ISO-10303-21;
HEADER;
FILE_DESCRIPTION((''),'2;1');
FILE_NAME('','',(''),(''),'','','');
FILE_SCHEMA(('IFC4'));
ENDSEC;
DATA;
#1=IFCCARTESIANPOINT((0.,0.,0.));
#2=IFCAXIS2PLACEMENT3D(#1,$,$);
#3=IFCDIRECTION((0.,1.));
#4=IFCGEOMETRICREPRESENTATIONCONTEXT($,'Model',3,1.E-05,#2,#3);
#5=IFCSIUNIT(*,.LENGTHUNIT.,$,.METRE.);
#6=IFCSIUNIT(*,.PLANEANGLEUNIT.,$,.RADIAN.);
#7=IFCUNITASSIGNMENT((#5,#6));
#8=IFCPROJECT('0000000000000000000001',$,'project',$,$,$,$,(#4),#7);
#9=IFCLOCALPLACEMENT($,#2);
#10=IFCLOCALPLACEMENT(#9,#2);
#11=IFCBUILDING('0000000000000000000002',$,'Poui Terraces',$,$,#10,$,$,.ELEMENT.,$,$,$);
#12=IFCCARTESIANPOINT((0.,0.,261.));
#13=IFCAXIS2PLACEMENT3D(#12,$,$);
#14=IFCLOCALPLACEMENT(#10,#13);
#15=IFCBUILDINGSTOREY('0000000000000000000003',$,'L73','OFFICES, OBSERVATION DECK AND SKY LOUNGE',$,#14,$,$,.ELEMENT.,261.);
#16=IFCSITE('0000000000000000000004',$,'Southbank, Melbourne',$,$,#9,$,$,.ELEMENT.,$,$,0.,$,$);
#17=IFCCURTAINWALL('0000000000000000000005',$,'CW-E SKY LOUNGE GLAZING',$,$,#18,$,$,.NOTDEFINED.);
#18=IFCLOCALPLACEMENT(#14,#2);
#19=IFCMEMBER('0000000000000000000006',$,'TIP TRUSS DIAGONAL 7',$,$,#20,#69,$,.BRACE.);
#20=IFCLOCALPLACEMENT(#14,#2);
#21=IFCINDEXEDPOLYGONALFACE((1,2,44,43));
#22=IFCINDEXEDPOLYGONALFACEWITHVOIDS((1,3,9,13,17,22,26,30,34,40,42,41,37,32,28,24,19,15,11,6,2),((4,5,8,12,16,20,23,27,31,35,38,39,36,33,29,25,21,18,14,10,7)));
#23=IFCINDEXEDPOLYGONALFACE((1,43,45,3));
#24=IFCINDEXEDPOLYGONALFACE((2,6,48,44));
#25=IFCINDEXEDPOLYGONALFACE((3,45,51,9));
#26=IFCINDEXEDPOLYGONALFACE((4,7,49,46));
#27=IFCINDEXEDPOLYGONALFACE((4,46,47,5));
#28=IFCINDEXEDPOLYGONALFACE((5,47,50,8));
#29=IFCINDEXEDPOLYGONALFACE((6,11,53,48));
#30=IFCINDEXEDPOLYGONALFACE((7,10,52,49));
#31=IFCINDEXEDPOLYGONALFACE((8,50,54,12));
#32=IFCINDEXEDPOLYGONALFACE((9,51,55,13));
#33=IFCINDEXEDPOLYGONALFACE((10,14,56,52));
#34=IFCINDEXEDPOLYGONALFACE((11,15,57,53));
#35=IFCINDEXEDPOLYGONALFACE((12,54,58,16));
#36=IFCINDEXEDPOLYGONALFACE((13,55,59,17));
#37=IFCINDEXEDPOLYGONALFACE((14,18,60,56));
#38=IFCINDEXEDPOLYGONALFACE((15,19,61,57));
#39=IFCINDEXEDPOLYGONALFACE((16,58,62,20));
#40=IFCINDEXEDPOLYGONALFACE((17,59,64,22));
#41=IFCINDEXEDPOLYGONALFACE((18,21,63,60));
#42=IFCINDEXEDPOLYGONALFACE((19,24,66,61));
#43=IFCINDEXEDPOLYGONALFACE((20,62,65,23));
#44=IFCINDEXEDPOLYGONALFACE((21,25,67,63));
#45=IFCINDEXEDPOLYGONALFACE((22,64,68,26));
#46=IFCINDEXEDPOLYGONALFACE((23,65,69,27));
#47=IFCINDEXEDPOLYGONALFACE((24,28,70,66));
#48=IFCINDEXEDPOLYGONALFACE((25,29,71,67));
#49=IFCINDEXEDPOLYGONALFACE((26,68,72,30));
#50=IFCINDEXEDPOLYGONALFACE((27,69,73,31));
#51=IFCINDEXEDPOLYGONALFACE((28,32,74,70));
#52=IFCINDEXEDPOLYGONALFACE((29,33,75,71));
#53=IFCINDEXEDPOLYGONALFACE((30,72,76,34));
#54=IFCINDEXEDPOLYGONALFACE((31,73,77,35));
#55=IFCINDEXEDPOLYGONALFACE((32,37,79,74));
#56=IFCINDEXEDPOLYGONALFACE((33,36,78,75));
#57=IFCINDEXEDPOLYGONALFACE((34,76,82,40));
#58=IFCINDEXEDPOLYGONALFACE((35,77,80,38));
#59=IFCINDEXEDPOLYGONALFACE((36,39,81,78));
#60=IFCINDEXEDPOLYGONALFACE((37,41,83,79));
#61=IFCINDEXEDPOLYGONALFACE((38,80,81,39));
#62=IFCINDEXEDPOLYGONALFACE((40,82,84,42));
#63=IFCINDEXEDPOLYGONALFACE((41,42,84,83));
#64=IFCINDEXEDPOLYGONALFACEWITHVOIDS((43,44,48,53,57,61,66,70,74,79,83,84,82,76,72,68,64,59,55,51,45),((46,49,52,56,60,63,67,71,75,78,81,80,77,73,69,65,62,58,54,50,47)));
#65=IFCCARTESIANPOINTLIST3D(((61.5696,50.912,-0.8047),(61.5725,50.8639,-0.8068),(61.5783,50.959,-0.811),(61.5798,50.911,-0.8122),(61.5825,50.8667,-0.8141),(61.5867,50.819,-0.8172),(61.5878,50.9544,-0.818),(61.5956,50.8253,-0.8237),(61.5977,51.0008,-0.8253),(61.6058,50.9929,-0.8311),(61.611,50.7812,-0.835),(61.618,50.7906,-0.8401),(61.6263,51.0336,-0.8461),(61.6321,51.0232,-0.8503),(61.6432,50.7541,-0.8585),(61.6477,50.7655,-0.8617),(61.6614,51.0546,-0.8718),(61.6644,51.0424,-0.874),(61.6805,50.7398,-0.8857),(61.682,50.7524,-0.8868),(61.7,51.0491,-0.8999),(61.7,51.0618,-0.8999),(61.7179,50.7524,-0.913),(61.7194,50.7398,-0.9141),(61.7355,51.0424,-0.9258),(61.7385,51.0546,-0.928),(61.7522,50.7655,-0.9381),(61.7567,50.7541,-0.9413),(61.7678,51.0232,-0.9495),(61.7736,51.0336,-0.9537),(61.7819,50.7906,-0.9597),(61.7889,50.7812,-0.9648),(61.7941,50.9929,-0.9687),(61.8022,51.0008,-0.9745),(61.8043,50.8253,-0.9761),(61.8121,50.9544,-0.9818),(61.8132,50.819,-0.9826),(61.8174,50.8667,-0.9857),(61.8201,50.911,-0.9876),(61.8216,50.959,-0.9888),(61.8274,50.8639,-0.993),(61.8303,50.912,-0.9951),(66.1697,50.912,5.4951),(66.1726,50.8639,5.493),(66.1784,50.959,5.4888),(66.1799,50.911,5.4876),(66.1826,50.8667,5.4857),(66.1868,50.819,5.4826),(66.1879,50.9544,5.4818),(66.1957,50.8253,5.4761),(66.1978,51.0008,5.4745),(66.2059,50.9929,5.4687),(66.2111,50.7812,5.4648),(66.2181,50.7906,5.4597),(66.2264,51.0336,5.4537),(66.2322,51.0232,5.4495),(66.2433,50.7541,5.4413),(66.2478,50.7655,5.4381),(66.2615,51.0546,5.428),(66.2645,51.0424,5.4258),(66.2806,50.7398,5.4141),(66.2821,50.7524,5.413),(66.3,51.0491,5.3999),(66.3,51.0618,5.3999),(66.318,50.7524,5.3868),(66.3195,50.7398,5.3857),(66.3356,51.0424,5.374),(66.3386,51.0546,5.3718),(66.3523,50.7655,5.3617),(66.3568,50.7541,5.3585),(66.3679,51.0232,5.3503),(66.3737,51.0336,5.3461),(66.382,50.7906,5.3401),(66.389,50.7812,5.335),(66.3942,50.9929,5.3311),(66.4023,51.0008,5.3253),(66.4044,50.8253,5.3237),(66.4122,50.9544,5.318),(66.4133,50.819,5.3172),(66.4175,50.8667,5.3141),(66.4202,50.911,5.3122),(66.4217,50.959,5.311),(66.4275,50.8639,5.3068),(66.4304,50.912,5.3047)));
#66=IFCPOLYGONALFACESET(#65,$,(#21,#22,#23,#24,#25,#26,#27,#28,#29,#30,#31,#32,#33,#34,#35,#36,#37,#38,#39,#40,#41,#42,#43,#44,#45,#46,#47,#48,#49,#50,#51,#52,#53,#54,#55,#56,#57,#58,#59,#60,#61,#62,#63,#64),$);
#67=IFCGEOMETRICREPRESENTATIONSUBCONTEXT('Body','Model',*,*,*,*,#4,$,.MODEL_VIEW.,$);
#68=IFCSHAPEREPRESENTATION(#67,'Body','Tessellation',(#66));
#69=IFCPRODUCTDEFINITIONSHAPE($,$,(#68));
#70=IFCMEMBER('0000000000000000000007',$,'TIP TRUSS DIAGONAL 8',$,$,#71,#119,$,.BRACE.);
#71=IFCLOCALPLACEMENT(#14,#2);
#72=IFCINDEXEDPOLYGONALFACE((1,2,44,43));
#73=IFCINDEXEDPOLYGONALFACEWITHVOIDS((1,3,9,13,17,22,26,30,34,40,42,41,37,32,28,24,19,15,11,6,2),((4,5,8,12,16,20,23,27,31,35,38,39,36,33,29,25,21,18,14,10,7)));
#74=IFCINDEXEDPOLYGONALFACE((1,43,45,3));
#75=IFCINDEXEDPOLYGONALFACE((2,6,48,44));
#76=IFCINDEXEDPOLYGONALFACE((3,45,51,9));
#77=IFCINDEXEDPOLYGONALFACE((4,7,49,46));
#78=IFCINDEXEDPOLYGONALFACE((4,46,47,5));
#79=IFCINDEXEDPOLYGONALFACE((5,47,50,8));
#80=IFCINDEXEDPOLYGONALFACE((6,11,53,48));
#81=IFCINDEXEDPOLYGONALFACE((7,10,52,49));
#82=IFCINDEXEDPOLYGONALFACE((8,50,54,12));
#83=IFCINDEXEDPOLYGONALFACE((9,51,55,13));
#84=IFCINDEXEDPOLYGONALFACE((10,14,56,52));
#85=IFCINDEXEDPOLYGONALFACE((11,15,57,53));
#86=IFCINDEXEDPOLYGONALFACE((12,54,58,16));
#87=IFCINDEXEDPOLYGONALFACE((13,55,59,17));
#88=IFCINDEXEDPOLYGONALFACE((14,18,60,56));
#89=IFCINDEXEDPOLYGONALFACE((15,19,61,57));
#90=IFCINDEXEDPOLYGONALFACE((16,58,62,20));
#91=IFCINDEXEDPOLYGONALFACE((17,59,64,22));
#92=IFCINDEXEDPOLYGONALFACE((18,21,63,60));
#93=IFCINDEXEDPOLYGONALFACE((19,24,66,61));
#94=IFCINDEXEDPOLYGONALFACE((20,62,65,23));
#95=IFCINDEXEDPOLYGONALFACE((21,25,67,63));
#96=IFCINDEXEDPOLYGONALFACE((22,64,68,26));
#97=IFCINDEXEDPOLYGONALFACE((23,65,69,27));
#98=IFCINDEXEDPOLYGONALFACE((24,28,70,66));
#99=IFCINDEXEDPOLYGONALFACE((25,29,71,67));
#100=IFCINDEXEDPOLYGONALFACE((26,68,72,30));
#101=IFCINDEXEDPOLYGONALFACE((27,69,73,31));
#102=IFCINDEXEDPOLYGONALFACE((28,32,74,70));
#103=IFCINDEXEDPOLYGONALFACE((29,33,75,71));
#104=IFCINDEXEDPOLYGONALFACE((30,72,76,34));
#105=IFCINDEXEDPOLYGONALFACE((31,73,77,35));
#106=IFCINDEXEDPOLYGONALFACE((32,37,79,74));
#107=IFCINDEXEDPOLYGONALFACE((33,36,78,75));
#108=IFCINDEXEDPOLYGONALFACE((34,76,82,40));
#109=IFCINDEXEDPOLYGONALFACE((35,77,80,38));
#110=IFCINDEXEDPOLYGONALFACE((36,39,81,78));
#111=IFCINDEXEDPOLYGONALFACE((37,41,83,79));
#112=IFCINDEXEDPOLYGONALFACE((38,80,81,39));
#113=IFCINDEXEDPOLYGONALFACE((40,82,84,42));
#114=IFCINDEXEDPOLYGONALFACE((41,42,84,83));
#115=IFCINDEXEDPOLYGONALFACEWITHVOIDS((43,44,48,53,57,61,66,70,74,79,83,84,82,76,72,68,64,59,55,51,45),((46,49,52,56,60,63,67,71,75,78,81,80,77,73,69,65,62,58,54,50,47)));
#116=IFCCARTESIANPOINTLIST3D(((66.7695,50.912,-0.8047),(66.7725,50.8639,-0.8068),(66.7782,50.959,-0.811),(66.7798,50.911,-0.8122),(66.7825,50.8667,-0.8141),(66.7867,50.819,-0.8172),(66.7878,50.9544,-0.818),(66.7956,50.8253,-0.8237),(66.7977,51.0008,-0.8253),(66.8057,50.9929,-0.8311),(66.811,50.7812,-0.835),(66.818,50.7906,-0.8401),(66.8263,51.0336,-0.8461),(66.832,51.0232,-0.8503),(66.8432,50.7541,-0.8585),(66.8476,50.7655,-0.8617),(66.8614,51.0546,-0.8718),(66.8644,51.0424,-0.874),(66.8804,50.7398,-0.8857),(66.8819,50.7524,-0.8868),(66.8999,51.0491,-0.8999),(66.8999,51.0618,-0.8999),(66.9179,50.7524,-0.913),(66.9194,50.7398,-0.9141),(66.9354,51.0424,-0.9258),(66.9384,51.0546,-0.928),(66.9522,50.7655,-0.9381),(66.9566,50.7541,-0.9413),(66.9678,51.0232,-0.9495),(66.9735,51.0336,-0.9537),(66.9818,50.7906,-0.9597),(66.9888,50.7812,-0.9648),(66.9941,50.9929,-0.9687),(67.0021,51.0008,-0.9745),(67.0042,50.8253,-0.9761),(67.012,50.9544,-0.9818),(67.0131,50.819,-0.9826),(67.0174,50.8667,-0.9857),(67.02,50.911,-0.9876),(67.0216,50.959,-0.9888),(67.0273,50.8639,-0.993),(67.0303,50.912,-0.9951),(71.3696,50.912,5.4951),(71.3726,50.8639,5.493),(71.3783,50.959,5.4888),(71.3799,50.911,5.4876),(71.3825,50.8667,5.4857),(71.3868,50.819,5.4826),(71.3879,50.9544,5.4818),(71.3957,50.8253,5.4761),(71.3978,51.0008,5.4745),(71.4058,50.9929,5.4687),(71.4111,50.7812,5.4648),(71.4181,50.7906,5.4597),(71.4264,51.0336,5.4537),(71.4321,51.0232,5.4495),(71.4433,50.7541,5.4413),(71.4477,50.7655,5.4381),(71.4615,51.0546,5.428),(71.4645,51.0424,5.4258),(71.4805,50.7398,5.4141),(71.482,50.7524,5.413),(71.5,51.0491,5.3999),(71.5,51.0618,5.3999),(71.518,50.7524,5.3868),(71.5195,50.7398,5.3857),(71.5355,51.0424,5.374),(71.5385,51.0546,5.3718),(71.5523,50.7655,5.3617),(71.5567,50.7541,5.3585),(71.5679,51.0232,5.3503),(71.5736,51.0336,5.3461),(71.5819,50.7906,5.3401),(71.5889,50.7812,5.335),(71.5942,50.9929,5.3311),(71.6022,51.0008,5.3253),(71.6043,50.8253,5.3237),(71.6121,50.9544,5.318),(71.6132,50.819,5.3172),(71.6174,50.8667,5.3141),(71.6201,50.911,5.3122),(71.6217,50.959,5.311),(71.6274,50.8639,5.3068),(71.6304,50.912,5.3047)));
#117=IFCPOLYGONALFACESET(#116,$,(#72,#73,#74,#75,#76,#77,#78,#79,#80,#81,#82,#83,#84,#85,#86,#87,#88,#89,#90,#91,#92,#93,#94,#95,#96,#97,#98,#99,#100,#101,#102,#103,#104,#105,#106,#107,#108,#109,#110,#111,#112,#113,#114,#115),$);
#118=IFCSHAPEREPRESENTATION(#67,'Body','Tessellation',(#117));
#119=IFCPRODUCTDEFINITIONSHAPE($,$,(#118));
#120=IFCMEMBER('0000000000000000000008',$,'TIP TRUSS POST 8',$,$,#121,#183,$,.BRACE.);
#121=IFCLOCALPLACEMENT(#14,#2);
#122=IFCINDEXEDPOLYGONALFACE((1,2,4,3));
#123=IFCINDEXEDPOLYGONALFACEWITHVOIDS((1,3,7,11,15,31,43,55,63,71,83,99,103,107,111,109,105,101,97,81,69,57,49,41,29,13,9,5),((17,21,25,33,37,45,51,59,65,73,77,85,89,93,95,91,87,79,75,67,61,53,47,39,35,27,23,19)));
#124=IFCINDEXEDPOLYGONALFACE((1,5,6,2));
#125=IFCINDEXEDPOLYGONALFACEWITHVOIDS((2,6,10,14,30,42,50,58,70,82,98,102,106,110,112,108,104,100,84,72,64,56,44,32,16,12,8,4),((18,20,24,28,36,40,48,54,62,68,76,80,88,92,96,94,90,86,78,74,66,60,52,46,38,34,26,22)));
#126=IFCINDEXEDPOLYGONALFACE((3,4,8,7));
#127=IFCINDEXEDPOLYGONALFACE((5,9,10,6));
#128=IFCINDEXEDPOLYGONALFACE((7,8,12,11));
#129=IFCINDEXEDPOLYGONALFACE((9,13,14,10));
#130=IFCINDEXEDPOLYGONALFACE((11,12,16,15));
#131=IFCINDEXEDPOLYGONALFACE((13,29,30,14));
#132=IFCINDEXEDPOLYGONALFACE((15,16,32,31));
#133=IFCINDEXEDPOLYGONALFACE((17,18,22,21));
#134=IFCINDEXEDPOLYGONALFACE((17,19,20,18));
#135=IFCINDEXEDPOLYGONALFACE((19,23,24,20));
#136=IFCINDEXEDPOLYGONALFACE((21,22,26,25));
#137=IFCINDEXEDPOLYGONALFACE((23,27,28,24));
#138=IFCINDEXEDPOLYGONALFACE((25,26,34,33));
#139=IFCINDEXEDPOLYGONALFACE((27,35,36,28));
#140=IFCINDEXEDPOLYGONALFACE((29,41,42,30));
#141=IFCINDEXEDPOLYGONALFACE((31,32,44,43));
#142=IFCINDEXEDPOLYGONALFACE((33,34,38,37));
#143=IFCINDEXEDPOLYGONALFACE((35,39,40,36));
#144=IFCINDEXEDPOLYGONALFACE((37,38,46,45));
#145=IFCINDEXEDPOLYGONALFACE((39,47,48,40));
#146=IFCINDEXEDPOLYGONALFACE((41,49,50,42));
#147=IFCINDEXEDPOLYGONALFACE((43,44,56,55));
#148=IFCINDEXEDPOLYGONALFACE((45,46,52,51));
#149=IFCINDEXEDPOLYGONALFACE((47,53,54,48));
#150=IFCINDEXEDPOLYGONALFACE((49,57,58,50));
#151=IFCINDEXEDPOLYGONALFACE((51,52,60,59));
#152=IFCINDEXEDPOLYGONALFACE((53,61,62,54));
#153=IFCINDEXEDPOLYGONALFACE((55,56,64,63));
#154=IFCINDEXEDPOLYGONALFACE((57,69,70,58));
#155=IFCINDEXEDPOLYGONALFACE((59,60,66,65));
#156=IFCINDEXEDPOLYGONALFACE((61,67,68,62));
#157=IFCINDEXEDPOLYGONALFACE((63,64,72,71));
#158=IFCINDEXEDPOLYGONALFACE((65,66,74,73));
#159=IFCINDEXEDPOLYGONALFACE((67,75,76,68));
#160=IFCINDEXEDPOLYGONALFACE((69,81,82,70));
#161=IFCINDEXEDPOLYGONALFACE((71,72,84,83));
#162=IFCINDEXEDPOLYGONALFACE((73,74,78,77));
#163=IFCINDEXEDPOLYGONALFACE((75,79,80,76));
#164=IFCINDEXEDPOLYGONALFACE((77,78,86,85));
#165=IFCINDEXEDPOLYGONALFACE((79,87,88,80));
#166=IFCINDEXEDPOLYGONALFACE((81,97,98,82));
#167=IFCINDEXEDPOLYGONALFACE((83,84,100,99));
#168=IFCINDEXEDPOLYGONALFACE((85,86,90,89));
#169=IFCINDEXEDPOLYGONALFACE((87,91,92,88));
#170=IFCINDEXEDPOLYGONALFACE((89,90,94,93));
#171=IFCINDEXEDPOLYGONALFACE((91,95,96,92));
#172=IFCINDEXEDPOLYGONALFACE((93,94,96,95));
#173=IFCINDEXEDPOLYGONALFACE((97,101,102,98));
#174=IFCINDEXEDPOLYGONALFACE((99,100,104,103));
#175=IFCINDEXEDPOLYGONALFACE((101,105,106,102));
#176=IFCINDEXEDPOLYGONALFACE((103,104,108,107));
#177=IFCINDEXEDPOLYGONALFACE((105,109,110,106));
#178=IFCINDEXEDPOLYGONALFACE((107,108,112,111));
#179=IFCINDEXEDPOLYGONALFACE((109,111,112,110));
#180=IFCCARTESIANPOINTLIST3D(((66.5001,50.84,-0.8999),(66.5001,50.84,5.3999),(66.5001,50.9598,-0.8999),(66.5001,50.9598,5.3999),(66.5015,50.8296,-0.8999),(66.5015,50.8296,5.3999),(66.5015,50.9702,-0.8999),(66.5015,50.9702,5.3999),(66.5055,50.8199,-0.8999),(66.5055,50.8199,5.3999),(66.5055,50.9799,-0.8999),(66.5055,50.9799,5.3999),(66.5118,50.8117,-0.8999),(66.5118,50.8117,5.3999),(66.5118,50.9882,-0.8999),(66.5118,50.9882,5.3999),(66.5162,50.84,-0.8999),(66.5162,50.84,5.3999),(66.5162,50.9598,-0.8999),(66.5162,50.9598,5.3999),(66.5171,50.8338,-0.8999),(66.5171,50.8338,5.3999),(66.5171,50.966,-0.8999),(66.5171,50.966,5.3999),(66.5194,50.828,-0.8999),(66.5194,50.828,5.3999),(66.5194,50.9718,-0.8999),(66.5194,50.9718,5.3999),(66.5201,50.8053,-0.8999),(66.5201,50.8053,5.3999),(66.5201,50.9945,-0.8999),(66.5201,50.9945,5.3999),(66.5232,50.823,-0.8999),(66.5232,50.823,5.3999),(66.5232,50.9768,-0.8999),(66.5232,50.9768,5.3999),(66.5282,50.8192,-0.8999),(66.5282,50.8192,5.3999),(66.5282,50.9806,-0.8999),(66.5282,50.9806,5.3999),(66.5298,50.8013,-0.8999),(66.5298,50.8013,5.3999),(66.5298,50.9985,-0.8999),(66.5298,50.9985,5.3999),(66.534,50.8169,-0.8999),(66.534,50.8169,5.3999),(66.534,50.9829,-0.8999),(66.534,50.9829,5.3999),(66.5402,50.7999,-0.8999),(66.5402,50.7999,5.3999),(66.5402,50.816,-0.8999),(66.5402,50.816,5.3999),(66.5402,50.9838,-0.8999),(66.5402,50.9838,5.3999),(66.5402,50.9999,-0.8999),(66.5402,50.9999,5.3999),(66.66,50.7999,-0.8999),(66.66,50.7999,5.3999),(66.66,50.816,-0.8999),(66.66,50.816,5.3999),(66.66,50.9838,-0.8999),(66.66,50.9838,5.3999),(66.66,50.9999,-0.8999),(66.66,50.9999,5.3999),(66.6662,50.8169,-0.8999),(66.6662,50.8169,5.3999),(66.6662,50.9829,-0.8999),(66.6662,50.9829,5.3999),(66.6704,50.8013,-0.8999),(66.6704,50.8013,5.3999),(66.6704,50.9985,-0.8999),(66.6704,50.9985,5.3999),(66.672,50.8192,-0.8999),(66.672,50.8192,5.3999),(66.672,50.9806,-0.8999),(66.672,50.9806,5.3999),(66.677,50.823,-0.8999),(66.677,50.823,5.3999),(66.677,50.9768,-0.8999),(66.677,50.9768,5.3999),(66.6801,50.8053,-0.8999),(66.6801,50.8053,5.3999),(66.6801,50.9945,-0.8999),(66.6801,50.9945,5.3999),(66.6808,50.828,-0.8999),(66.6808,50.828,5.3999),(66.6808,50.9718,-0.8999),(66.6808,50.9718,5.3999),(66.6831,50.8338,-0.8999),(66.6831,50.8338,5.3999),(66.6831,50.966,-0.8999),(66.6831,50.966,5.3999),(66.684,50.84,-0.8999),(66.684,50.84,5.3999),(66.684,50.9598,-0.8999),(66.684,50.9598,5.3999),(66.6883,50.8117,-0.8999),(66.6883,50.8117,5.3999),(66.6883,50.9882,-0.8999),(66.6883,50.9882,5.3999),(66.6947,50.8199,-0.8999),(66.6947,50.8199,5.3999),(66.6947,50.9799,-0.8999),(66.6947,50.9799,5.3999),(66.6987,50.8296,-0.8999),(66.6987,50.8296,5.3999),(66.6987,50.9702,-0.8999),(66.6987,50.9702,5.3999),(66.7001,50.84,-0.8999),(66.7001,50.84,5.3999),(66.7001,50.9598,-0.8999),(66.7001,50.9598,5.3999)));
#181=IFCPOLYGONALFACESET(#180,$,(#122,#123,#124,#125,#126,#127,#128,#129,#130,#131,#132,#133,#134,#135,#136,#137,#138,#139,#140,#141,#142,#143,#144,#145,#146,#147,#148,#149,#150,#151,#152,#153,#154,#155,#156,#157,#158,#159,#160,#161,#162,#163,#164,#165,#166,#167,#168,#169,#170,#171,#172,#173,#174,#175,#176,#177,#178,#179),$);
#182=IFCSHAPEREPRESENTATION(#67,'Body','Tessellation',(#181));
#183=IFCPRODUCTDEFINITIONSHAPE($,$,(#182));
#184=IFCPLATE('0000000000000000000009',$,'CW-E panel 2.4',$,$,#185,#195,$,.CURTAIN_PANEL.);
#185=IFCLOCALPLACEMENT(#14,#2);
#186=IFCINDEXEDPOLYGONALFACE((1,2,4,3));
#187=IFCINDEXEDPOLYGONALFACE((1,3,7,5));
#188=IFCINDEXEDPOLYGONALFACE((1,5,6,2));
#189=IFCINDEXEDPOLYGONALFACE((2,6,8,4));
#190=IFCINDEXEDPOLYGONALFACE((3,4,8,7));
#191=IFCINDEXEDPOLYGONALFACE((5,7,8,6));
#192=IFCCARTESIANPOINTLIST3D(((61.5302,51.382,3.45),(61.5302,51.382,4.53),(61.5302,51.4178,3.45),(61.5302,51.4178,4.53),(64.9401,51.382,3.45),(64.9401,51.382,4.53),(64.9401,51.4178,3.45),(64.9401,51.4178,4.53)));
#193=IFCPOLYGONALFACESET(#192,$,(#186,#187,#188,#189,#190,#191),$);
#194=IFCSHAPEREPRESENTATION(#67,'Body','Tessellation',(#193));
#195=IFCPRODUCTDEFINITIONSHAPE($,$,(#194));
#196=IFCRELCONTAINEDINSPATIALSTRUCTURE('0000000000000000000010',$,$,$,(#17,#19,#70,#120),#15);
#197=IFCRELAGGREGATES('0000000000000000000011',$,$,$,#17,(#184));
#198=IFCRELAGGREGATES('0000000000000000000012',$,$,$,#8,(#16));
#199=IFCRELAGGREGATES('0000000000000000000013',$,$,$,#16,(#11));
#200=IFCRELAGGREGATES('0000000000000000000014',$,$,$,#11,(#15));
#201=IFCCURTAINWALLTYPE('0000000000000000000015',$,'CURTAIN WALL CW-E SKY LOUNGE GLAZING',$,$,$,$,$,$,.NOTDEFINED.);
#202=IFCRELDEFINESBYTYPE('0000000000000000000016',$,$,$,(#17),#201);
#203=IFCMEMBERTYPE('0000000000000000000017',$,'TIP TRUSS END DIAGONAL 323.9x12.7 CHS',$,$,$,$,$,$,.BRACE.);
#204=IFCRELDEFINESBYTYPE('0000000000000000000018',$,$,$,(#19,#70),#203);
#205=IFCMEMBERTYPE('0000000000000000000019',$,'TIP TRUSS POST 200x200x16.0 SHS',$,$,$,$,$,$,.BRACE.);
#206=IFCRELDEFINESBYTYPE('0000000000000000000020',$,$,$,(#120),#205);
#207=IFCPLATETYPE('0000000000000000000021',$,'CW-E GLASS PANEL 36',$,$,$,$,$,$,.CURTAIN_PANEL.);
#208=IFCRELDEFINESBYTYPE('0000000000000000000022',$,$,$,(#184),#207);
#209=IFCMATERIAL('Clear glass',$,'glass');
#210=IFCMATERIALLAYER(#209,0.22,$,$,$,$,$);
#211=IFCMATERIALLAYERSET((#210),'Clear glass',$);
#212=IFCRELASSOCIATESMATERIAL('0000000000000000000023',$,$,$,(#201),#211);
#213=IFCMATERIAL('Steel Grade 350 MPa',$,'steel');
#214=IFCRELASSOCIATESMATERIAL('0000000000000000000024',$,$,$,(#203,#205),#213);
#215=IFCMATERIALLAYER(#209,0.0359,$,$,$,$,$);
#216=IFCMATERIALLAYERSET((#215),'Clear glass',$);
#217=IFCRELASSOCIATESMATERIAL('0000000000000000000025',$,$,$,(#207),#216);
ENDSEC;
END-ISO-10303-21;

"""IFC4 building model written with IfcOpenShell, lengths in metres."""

from ifc_helpers import new_model, si_unit, direction, frame, origin, origin_2d, place, context, subcontext, project, spatial, rectangle, hollow_rectangle, hollow_circle, extrude, material, layer, layer_set, material_profile, profile_set, type_object, element, aggregate, save


model = new_model("IFC4")

# Units and contexts
model_context = context("Model", 3, precision=1e-05, world=origin(), true_north=direction((0.0, 1.0)))
body_context = subcontext(model_context, "Body", "Model", "MODEL_VIEW")
ifc_project = project(units=[si_unit("LENGTHUNIT", "METRE"), si_unit("PLANEANGLEUNIT", "RADIAN")], contexts=[model_context])

# Site, building, storey
site_placement = place(None, origin())
site = spatial("IfcSite", under=ifc_project, at=site_placement, Name="Southbank, Melbourne", CompositionType="ELEMENT", RefElevation=0.0)
building_placement = place(site_placement, origin())
building = spatial("IfcBuilding", under=site, at=building_placement, Name="Poui Terraces", CompositionType="ELEMENT")
storey_placement = place(building_placement, frame((0.0, 0.0, 261.0)))
storey = spatial("IfcBuildingStorey", under=building, at=storey_placement, Name="L73", Description="OFFICES, OBSERVATION DECK AND SKY LOUNGE", CompositionType="ELEMENT", Elevation=261.0)

# Curtain wall
ifc_material_1 = material(Name="Clear glass", Category="glass")
ifc_layer_1 = layer(ifc_material_1, 0.22)
ifc_layer_set_1 = layer_set([ifc_layer_1], Name="Clear glass")
curtain_wall_type = type_object("IfcCurtainWallType", Name="CURTAIN WALL CW-E SKY LOUNGE GLAZING", PredefinedType="NOTDEFINED", material=ifc_layer_set_1)
curtain_wall_1_placement = place(storey_placement, origin())
curtain_wall_1 = element("IfcCurtainWall", 1, at=curtain_wall_1_placement, inside=storey, type_object=curtain_wall_type, Name="CW-E SKY LOUNGE GLAZING", PredefinedType="NOTDEFINED")

# Members
ifc_material_2 = material(Name="Steel Grade 350 MPa", Category="steel")
ifc_material_profile_1 = material_profile(ifc_material_2, hollow_circle(Radius=0.1619, WallThickness=0.0127, at=origin_2d()), Name="323.9x12.7 CHS")
ifc_profile_set_1 = profile_set([ifc_material_profile_1], Name="Steel Grade 350 MPa")
member_type_1 = type_object("IfcMemberType", Name="TIP TRUSS END DIAGONAL 323.9x12.7 CHS", PredefinedType="BRACE", material=ifc_profile_set_1)
for number, where, z_axis, x_axis, name in (
    (2, (61.7, 50.8999, -0.8999), (0.589715, 0.0, 0.807611), (0.0, 1.0, 0.0), "TIP TRUSS DIAGONAL 7"),
    (3, (66.8999, 50.8999, -0.8999), (0.589715, 0.0, 0.807611), (0.0, 1.0, 0.0), "TIP TRUSS DIAGONAL 8"),
):
    element("IfcMember", number, at=place(storey_placement, frame(where, z_axis=z_axis, x_axis=x_axis)), inside=storey, type_object=member_type_1, Name=name, PredefinedType="BRACE", context=body_context, shape_type="SweptSolid", body=[
        extrude(hollow_circle(Radius=0.1619, WallThickness=0.0127, at=origin_2d()), origin(), (0.0, 0.0, 1.0), 7.8005),
    ])
ifc_material_profile_2 = material_profile(ifc_material_2, hollow_rectangle(XDim=0.2, YDim=0.2, WallThickness=0.0161, InnerFilletRadius=0.0239, OuterFilletRadius=0.04, at=origin_2d()), Name="200x200x16.0 SHS")
ifc_profile_set_2 = profile_set([ifc_material_profile_2], Name="Steel Grade 350 MPa")
member_type_2 = type_object("IfcMemberType", Name="TIP TRUSS POST 200x200x16.0 SHS", PredefinedType="BRACE", material=ifc_profile_set_2)
member_1_placement = place(storey_placement, frame((66.6001, 50.8999, -0.8999), z_axis=(0.0, 0.0, 1.0), x_axis=(1.0, 0.0, 0.0)))
element("IfcMember", 4, at=member_1_placement, inside=storey, type_object=member_type_2, Name="TIP TRUSS POST 8", PredefinedType="BRACE", context=body_context, shape_type="SweptSolid", body=[
    extrude(hollow_rectangle(XDim=0.2, YDim=0.2, WallThickness=0.0161, InnerFilletRadius=0.0239, OuterFilletRadius=0.04, at=origin_2d()), origin(), (0.0, 0.0, 1.0), 6.2998),
])

# Plate
ifc_layer_2 = layer(ifc_material_1, 0.0359)
ifc_layer_set_2 = layer_set([ifc_layer_2], Name="Clear glass")
plate_type_1 = type_object("IfcPlateType", Name="CW-E GLASS PANEL 36", PredefinedType="CURTAIN_PANEL", material=ifc_layer_set_2)
plate_1_placement = place(storey_placement, frame((63.2351, 51.3999, 3.45), z_axis=(0.0, 0.0, 1.0), x_axis=(1.0, 0.0, 0.0)))
plate_1 = element("IfcPlate", 5, at=plate_1_placement, type_object=plate_type_1, Name="CW-E panel 2.4", PredefinedType="CURTAIN_PANEL", context=body_context, shape_type="SweptSolid", body=[
    extrude(rectangle(XDim=3.4099, YDim=0.0359, at=origin_2d()), origin(), (0.0, 0.0, 1.0), 1.0801),
])
aggregate(curtain_wall_1, [plate_1])

save(model, "model.ifc")
